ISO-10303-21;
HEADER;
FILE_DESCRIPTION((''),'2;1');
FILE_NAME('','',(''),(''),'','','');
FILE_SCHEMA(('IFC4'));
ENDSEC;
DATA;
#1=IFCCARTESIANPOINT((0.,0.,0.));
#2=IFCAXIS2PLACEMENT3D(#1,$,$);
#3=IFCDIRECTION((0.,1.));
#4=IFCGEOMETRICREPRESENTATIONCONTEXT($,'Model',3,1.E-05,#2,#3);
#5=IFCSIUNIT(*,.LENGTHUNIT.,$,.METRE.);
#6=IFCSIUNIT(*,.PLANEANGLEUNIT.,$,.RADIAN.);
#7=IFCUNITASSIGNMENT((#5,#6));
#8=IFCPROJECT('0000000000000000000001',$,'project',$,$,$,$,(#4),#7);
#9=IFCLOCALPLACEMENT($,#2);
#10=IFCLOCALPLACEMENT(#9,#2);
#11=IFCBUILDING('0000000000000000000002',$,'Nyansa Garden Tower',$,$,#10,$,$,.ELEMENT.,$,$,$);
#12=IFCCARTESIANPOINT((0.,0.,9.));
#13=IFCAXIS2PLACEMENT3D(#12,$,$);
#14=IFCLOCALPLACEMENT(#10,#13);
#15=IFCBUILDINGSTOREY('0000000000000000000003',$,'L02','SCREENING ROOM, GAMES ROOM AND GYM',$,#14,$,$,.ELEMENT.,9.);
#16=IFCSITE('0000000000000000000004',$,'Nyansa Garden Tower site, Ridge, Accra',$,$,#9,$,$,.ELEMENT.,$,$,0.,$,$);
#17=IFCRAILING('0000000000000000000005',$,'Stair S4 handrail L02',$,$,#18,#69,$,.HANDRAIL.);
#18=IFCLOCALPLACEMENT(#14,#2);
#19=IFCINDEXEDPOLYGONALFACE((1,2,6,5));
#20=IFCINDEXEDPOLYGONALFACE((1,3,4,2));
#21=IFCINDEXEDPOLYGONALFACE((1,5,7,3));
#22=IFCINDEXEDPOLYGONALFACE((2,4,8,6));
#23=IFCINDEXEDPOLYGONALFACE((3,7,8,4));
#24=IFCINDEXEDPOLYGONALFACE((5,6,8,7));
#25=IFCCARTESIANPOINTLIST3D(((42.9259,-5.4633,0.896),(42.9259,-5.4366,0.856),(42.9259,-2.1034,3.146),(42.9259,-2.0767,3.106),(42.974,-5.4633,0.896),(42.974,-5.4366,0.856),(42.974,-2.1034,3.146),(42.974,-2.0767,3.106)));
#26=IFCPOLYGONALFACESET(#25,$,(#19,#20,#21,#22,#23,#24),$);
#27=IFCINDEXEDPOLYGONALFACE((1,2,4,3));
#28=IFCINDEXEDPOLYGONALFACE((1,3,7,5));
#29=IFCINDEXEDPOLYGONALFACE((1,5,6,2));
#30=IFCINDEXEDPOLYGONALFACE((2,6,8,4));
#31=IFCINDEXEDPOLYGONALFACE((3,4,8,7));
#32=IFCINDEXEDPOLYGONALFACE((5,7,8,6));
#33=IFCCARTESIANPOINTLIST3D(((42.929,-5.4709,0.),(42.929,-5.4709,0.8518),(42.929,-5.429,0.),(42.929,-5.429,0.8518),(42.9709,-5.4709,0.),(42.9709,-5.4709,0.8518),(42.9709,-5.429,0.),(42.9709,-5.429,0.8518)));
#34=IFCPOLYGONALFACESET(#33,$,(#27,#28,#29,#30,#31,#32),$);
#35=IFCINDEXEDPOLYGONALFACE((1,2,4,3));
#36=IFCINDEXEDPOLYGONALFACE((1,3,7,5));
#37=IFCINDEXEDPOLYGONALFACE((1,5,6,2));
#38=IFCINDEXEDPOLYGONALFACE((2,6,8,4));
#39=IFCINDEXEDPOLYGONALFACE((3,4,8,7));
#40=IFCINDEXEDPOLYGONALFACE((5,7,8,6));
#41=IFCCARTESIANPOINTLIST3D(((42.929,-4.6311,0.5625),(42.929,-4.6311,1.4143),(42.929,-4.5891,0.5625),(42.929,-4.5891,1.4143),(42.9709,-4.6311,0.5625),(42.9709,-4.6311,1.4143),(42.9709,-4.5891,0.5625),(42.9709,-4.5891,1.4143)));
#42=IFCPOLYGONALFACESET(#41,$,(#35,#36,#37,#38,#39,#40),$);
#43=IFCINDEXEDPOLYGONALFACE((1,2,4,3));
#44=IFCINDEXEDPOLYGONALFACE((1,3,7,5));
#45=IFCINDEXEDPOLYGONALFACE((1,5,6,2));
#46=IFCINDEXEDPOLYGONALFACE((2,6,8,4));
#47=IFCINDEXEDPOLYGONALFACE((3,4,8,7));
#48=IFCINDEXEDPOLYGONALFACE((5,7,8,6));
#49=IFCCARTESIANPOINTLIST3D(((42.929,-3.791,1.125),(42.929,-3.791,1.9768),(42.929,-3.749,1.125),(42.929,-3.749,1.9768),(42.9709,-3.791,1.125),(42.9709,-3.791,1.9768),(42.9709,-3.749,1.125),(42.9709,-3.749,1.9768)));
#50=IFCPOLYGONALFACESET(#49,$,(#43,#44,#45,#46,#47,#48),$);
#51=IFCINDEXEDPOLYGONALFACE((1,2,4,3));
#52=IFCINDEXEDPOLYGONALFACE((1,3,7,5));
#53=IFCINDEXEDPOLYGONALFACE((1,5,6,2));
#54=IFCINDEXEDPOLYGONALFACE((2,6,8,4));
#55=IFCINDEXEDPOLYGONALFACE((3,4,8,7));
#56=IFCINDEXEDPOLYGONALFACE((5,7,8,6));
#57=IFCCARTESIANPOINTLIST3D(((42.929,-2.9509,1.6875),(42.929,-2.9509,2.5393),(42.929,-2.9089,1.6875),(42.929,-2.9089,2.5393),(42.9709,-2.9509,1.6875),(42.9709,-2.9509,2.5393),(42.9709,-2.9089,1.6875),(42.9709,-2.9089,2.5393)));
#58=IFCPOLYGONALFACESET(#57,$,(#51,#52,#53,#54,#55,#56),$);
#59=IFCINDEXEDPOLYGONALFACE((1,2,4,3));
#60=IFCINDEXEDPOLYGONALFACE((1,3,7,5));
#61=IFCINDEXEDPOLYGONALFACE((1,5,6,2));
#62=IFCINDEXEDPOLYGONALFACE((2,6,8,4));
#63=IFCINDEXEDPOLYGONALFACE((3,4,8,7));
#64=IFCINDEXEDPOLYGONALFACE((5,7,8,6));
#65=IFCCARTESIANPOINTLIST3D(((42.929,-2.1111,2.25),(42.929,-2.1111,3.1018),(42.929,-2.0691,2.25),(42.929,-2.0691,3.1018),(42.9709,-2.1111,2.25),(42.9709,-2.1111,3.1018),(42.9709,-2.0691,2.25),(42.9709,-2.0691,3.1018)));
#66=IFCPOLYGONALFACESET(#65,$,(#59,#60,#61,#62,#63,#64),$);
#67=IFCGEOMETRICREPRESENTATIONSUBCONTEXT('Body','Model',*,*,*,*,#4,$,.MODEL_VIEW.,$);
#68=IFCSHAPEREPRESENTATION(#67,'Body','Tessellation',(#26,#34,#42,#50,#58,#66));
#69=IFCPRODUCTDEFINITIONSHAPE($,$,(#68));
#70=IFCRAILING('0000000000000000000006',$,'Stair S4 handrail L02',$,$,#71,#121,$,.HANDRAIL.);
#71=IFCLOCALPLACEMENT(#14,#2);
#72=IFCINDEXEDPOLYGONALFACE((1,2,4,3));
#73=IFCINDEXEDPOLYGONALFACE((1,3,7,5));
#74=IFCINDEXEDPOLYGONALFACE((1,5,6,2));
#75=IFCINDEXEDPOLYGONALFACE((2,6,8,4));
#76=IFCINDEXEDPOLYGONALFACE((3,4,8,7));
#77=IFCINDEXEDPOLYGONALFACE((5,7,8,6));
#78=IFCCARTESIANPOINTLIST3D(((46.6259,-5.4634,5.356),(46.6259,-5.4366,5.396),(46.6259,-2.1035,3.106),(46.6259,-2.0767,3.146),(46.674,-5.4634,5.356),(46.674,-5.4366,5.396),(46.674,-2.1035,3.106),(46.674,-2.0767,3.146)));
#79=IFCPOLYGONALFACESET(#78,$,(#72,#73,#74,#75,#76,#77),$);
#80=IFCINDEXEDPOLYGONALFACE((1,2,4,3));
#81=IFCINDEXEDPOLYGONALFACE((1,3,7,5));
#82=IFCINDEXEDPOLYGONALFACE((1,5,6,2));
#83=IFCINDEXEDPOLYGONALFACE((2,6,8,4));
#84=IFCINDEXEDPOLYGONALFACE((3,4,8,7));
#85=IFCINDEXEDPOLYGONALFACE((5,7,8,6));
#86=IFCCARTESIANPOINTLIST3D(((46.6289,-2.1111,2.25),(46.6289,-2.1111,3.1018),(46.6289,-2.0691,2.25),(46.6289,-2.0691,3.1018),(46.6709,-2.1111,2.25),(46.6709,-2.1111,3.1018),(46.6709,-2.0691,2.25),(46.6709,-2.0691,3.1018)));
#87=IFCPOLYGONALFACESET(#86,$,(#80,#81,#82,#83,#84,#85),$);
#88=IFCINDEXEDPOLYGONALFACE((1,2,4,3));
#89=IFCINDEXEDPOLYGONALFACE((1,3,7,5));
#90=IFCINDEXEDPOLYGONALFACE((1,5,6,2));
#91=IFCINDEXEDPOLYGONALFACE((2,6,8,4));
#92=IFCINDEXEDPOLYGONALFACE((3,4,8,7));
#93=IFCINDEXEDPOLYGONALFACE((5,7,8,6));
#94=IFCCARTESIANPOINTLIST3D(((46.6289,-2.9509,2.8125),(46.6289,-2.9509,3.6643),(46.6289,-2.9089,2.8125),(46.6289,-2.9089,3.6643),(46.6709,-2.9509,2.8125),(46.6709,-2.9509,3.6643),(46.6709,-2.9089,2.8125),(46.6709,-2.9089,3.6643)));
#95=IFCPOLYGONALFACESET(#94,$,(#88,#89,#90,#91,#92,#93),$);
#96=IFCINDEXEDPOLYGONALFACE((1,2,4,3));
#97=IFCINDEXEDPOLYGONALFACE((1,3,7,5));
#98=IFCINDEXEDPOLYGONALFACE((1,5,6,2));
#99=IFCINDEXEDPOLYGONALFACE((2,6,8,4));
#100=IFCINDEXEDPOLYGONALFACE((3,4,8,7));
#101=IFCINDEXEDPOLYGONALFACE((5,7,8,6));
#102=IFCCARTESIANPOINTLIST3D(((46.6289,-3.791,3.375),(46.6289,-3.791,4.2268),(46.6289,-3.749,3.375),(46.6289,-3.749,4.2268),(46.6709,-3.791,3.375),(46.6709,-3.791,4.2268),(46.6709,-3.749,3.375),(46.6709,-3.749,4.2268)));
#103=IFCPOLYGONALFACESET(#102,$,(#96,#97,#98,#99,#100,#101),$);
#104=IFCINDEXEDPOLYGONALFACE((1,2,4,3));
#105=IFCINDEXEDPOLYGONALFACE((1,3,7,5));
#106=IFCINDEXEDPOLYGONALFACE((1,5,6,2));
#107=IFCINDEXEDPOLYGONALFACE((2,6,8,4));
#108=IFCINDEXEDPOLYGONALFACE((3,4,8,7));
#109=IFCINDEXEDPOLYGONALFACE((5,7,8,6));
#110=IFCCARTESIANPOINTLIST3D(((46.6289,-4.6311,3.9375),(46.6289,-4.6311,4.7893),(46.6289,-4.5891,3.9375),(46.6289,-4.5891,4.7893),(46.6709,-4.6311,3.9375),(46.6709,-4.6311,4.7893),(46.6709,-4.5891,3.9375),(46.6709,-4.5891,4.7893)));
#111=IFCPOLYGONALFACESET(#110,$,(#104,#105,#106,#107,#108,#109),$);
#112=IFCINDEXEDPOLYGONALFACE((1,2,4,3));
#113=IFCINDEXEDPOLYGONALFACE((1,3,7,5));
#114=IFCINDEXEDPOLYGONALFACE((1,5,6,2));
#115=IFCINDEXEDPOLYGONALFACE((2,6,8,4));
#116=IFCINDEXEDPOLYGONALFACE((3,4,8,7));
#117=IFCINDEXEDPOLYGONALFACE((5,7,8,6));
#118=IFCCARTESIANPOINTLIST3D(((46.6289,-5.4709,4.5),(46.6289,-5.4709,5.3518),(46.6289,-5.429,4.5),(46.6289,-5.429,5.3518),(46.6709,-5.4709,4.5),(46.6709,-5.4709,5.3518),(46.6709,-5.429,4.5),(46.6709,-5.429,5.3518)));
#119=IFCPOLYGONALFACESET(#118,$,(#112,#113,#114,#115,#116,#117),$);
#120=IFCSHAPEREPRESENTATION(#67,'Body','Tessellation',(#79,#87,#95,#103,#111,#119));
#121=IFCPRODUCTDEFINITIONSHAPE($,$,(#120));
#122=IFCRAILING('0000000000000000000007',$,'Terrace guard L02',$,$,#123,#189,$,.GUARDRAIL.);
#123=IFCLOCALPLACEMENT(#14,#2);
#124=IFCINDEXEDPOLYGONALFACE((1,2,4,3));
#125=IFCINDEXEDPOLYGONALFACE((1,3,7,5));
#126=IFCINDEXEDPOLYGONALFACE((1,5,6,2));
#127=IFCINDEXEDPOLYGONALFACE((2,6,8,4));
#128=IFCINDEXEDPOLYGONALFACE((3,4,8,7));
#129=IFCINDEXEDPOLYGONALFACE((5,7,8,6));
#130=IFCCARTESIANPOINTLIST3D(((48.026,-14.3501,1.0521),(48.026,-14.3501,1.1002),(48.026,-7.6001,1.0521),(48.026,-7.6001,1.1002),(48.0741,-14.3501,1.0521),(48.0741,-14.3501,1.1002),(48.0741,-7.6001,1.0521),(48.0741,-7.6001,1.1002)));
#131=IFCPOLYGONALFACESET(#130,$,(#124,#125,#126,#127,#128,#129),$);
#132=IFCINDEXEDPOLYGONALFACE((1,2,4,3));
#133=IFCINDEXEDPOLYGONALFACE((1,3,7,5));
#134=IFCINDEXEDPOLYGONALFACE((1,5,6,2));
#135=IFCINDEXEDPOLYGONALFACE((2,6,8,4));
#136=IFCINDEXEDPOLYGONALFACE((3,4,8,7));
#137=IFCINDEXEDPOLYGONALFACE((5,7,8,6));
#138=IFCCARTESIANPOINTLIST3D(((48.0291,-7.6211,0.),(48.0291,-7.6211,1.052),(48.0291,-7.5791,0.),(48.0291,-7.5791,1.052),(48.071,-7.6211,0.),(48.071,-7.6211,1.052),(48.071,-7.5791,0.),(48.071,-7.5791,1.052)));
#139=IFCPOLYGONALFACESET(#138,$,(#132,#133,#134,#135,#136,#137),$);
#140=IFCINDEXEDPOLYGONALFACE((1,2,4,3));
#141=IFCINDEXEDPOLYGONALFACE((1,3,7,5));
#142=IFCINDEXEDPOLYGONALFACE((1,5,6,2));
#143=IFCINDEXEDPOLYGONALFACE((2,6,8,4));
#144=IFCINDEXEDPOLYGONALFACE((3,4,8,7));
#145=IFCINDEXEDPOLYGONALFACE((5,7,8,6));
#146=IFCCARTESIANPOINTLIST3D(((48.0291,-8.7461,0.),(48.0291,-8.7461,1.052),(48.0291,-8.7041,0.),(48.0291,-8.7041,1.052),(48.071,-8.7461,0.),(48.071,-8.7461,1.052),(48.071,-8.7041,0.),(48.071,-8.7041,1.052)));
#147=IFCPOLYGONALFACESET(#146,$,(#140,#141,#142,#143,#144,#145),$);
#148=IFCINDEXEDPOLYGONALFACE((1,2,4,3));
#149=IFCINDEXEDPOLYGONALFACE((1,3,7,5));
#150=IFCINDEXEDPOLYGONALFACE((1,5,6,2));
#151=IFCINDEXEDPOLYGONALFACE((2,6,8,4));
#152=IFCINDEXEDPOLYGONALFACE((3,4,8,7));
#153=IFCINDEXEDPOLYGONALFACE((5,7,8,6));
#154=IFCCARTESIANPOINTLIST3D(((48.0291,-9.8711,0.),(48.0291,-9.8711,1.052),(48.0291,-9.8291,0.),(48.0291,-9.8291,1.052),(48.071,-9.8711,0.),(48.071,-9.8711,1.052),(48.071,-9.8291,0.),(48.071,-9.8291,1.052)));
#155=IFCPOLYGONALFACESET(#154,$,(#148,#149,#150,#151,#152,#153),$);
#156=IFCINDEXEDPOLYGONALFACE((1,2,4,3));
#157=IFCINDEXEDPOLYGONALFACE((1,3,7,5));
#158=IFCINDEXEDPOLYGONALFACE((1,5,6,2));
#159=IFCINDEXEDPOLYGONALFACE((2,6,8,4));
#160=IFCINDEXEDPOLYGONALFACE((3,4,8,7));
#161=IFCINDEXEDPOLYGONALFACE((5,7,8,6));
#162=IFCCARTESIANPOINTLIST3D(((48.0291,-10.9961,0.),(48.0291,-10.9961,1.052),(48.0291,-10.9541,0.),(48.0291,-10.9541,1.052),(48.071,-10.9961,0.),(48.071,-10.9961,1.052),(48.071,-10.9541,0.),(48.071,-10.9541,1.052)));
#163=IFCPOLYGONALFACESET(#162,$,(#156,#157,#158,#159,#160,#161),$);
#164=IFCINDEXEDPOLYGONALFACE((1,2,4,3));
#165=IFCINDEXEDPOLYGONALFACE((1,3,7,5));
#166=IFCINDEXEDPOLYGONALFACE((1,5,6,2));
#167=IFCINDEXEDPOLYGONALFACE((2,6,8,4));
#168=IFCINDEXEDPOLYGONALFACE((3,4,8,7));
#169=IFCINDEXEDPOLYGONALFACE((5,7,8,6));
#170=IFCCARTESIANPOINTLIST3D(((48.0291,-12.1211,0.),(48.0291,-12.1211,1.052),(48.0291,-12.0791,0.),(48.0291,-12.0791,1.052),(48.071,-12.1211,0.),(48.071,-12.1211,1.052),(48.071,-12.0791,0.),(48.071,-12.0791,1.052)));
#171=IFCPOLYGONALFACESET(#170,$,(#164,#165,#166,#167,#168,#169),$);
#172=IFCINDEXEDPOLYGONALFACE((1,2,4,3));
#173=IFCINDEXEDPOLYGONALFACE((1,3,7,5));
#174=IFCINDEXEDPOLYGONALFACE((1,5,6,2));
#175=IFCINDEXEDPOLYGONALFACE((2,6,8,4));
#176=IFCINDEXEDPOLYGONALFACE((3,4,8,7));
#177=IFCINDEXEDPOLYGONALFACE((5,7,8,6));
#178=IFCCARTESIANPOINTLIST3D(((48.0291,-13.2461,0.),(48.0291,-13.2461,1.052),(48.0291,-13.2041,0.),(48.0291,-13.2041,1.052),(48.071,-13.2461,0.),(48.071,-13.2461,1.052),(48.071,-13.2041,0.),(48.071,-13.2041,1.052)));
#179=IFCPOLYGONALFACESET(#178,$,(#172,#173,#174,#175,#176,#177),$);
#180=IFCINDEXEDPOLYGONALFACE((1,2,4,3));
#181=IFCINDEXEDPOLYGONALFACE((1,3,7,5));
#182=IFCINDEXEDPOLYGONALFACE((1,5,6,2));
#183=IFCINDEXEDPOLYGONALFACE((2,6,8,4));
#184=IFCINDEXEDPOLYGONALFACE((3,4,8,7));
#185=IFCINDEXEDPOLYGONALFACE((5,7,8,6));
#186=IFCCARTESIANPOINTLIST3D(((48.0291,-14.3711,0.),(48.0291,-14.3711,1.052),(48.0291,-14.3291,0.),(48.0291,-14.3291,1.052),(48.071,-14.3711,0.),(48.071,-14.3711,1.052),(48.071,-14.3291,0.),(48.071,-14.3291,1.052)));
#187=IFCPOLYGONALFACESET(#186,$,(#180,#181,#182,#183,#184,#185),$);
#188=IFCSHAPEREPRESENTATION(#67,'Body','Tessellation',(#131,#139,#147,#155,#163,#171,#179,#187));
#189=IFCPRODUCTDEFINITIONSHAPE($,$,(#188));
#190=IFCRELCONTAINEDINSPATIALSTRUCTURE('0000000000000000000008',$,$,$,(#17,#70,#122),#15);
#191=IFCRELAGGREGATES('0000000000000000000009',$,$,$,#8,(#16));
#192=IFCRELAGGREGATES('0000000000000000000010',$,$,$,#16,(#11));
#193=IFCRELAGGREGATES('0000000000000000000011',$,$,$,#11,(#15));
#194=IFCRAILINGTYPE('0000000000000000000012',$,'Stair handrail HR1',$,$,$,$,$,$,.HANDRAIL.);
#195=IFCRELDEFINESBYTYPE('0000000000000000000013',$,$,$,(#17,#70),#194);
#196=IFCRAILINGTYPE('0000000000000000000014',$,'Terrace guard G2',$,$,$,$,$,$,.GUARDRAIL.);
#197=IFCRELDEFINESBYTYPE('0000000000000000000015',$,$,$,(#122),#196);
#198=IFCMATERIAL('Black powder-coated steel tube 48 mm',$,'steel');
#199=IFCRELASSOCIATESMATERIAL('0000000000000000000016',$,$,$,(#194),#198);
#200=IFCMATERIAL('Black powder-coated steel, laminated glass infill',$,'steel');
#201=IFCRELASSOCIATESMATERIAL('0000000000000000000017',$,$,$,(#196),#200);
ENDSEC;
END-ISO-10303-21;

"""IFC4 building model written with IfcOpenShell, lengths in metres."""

from ifc_helpers import new_model, si_unit, direction, frame, origin, origin_2d, place, context, subcontext, project, spatial, rectangle, extrude, material, type_object, element, save


model = new_model("IFC4")

# Units and contexts
model_context = context("Model", 3, precision=1e-05, world=origin(), true_north=direction((0.0, 1.0)))
body_context = subcontext(model_context, "Body", "Model", "MODEL_VIEW")
ifc_project = project(units=[si_unit("LENGTHUNIT", "METRE"), si_unit("PLANEANGLEUNIT", "RADIAN")], contexts=[model_context])

# Site, building, storey
site_placement = place(None, origin())
site = spatial("IfcSite", under=ifc_project, at=site_placement, Name="Nyansa Garden Tower site, Ridge, Accra", CompositionType="ELEMENT", RefElevation=0.0)
building_placement = place(site_placement, origin())
building = spatial("IfcBuilding", under=site, at=building_placement, Name="Nyansa Garden Tower", CompositionType="ELEMENT")
storey_placement = place(building_placement, frame((0.0, 0.0, 9.0)))
storey = spatial("IfcBuildingStorey", under=building, at=storey_placement, Name="L02", Description="SCREENING ROOM, GAMES ROOM AND GYM", CompositionType="ELEMENT", Elevation=9.0)

# Railings
ifc_material_1 = material(Name="Black powder-coated steel tube 48 mm", Category="steel")
railing_type_1 = type_object("IfcRailingType", Name="Stair handrail HR1", PredefinedType="HANDRAIL", material=ifc_material_1)
railing_1_placement = place(storey_placement, frame((42.95, -5.45, 0.0)))
element("IfcRailing", 1, at=railing_1_placement, inside=storey, type_object=railing_type_1, Name="Stair S4 handrail L02", PredefinedType="HANDRAIL", context=body_context, shape_type="SweptSolid", body=[
    extrude(rectangle(XDim=0.0481, YDim=0.0481, at=origin_2d()), frame((0.0, 0.0, 0.876), z_axis=(0.0, 0.830897, 0.556427), x_axis=(-1.0, 0.0, 0.0)), (0.0, 0.0, 1.0), 4.0437),
    extrude(rectangle(XDim=0.042, YDim=0.042, at=origin_2d()), origin(), (0.0, 0.0, 1.0), 0.8518),
    extrude(rectangle(XDim=0.042, YDim=0.042, at=origin_2d()), frame((0.0, 0.8398, 0.5625)), (0.0, 0.0, 1.0), 0.8518),
    extrude(rectangle(XDim=0.042, YDim=0.042, at=origin_2d()), frame((0.0, 1.6799, 1.125)), (0.0, 0.0, 1.0), 0.8518),
    extrude(rectangle(XDim=0.042, YDim=0.042, at=origin_2d()), frame((0.0, 2.52, 1.6875)), (0.0, 0.0, 1.0), 0.8518),
    extrude(rectangle(XDim=0.042, YDim=0.042, at=origin_2d()), frame((0.0, 3.3599, 2.25)), (0.0, 0.0, 1.0), 0.8518),
])
railing_2_placement = place(storey_placement, frame((46.6499, -2.0901, 2.25)))
element("IfcRailing", 2, at=railing_2_placement, inside=storey, type_object=railing_type_1, Name="Stair S4 handrail L02", PredefinedType="HANDRAIL", context=body_context, shape_type="SweptSolid", body=[
    extrude(rectangle(XDim=0.0481, YDim=0.0481, at=origin_2d()), frame((0.0, 0.0, 0.876), z_axis=(0.0, -0.830897, 0.556427), x_axis=(1.0, 0.0, 0.0)), (0.0, 0.0, 1.0), 4.0437),
    extrude(rectangle(XDim=0.042, YDim=0.042, at=origin_2d()), origin(), (0.0, 0.0, 1.0), 0.8518),
    extrude(rectangle(XDim=0.042, YDim=0.042, at=origin_2d()), frame((0.0, -0.8398, 0.5625)), (0.0, 0.0, 1.0), 0.8518),
    extrude(rectangle(XDim=0.042, YDim=0.042, at=origin_2d()), frame((0.0, -1.6799, 1.125)), (0.0, 0.0, 1.0), 0.8518),
    extrude(rectangle(XDim=0.042, YDim=0.042, at=origin_2d()), frame((0.0, -2.52, 1.6875)), (0.0, 0.0, 1.0), 0.8518),
    extrude(rectangle(XDim=0.042, YDim=0.042, at=origin_2d()), frame((0.0, -3.3599, 2.25)), (0.0, 0.0, 1.0), 0.8518),
])
ifc_material_2 = material(Name="Black powder-coated steel, laminated glass infill", Category="steel")
railing_type_2 = type_object("IfcRailingType", Name="Terrace guard G2", PredefinedType="GUARDRAIL", material=ifc_material_2)
railing_3_placement = place(storey_placement, frame((48.05, -7.6001, 0.0)))
element("IfcRailing", 3, at=railing_3_placement, inside=storey, type_object=railing_type_2, Name="Terrace guard L02", PredefinedType="GUARDRAIL", context=body_context, shape_type="SweptSolid", body=[
    extrude(rectangle(XDim=0.0481, YDim=0.0481, at=origin_2d()), frame((0.0, 0.0, 1.0762), z_axis=(0.0, -1.0, 0.0), x_axis=(1.0, 0.0, 0.0)), (0.0, 0.0, 1.0), 6.75),
    extrude(rectangle(XDim=0.042, YDim=0.042, at=origin_2d()), origin(), (0.0, 0.0, 1.0), 1.052),
    extrude(rectangle(XDim=0.042, YDim=0.042, at=origin_2d()), frame((0.0, -1.125, 0.0)), (0.0, 0.0, 1.0), 1.052),
    extrude(rectangle(XDim=0.042, YDim=0.042, at=origin_2d()), frame((0.0, -2.25, 0.0)), (0.0, 0.0, 1.0), 1.052),
    extrude(rectangle(XDim=0.042, YDim=0.042, at=origin_2d()), frame((0.0, -3.375, 0.0)), (0.0, 0.0, 1.0), 1.052),
    extrude(rectangle(XDim=0.042, YDim=0.042, at=origin_2d()), frame((0.0, -4.5, 0.0)), (0.0, 0.0, 1.0), 1.052),
    extrude(rectangle(XDim=0.042, YDim=0.042, at=origin_2d()), frame((0.0, -5.625, 0.0)), (0.0, 0.0, 1.0), 1.052),
    extrude(rectangle(XDim=0.042, YDim=0.042, at=origin_2d()), frame((0.0, -6.75, 0.0)), (0.0, 0.0, 1.0), 1.052),
])

save(model, "model.ifc")
